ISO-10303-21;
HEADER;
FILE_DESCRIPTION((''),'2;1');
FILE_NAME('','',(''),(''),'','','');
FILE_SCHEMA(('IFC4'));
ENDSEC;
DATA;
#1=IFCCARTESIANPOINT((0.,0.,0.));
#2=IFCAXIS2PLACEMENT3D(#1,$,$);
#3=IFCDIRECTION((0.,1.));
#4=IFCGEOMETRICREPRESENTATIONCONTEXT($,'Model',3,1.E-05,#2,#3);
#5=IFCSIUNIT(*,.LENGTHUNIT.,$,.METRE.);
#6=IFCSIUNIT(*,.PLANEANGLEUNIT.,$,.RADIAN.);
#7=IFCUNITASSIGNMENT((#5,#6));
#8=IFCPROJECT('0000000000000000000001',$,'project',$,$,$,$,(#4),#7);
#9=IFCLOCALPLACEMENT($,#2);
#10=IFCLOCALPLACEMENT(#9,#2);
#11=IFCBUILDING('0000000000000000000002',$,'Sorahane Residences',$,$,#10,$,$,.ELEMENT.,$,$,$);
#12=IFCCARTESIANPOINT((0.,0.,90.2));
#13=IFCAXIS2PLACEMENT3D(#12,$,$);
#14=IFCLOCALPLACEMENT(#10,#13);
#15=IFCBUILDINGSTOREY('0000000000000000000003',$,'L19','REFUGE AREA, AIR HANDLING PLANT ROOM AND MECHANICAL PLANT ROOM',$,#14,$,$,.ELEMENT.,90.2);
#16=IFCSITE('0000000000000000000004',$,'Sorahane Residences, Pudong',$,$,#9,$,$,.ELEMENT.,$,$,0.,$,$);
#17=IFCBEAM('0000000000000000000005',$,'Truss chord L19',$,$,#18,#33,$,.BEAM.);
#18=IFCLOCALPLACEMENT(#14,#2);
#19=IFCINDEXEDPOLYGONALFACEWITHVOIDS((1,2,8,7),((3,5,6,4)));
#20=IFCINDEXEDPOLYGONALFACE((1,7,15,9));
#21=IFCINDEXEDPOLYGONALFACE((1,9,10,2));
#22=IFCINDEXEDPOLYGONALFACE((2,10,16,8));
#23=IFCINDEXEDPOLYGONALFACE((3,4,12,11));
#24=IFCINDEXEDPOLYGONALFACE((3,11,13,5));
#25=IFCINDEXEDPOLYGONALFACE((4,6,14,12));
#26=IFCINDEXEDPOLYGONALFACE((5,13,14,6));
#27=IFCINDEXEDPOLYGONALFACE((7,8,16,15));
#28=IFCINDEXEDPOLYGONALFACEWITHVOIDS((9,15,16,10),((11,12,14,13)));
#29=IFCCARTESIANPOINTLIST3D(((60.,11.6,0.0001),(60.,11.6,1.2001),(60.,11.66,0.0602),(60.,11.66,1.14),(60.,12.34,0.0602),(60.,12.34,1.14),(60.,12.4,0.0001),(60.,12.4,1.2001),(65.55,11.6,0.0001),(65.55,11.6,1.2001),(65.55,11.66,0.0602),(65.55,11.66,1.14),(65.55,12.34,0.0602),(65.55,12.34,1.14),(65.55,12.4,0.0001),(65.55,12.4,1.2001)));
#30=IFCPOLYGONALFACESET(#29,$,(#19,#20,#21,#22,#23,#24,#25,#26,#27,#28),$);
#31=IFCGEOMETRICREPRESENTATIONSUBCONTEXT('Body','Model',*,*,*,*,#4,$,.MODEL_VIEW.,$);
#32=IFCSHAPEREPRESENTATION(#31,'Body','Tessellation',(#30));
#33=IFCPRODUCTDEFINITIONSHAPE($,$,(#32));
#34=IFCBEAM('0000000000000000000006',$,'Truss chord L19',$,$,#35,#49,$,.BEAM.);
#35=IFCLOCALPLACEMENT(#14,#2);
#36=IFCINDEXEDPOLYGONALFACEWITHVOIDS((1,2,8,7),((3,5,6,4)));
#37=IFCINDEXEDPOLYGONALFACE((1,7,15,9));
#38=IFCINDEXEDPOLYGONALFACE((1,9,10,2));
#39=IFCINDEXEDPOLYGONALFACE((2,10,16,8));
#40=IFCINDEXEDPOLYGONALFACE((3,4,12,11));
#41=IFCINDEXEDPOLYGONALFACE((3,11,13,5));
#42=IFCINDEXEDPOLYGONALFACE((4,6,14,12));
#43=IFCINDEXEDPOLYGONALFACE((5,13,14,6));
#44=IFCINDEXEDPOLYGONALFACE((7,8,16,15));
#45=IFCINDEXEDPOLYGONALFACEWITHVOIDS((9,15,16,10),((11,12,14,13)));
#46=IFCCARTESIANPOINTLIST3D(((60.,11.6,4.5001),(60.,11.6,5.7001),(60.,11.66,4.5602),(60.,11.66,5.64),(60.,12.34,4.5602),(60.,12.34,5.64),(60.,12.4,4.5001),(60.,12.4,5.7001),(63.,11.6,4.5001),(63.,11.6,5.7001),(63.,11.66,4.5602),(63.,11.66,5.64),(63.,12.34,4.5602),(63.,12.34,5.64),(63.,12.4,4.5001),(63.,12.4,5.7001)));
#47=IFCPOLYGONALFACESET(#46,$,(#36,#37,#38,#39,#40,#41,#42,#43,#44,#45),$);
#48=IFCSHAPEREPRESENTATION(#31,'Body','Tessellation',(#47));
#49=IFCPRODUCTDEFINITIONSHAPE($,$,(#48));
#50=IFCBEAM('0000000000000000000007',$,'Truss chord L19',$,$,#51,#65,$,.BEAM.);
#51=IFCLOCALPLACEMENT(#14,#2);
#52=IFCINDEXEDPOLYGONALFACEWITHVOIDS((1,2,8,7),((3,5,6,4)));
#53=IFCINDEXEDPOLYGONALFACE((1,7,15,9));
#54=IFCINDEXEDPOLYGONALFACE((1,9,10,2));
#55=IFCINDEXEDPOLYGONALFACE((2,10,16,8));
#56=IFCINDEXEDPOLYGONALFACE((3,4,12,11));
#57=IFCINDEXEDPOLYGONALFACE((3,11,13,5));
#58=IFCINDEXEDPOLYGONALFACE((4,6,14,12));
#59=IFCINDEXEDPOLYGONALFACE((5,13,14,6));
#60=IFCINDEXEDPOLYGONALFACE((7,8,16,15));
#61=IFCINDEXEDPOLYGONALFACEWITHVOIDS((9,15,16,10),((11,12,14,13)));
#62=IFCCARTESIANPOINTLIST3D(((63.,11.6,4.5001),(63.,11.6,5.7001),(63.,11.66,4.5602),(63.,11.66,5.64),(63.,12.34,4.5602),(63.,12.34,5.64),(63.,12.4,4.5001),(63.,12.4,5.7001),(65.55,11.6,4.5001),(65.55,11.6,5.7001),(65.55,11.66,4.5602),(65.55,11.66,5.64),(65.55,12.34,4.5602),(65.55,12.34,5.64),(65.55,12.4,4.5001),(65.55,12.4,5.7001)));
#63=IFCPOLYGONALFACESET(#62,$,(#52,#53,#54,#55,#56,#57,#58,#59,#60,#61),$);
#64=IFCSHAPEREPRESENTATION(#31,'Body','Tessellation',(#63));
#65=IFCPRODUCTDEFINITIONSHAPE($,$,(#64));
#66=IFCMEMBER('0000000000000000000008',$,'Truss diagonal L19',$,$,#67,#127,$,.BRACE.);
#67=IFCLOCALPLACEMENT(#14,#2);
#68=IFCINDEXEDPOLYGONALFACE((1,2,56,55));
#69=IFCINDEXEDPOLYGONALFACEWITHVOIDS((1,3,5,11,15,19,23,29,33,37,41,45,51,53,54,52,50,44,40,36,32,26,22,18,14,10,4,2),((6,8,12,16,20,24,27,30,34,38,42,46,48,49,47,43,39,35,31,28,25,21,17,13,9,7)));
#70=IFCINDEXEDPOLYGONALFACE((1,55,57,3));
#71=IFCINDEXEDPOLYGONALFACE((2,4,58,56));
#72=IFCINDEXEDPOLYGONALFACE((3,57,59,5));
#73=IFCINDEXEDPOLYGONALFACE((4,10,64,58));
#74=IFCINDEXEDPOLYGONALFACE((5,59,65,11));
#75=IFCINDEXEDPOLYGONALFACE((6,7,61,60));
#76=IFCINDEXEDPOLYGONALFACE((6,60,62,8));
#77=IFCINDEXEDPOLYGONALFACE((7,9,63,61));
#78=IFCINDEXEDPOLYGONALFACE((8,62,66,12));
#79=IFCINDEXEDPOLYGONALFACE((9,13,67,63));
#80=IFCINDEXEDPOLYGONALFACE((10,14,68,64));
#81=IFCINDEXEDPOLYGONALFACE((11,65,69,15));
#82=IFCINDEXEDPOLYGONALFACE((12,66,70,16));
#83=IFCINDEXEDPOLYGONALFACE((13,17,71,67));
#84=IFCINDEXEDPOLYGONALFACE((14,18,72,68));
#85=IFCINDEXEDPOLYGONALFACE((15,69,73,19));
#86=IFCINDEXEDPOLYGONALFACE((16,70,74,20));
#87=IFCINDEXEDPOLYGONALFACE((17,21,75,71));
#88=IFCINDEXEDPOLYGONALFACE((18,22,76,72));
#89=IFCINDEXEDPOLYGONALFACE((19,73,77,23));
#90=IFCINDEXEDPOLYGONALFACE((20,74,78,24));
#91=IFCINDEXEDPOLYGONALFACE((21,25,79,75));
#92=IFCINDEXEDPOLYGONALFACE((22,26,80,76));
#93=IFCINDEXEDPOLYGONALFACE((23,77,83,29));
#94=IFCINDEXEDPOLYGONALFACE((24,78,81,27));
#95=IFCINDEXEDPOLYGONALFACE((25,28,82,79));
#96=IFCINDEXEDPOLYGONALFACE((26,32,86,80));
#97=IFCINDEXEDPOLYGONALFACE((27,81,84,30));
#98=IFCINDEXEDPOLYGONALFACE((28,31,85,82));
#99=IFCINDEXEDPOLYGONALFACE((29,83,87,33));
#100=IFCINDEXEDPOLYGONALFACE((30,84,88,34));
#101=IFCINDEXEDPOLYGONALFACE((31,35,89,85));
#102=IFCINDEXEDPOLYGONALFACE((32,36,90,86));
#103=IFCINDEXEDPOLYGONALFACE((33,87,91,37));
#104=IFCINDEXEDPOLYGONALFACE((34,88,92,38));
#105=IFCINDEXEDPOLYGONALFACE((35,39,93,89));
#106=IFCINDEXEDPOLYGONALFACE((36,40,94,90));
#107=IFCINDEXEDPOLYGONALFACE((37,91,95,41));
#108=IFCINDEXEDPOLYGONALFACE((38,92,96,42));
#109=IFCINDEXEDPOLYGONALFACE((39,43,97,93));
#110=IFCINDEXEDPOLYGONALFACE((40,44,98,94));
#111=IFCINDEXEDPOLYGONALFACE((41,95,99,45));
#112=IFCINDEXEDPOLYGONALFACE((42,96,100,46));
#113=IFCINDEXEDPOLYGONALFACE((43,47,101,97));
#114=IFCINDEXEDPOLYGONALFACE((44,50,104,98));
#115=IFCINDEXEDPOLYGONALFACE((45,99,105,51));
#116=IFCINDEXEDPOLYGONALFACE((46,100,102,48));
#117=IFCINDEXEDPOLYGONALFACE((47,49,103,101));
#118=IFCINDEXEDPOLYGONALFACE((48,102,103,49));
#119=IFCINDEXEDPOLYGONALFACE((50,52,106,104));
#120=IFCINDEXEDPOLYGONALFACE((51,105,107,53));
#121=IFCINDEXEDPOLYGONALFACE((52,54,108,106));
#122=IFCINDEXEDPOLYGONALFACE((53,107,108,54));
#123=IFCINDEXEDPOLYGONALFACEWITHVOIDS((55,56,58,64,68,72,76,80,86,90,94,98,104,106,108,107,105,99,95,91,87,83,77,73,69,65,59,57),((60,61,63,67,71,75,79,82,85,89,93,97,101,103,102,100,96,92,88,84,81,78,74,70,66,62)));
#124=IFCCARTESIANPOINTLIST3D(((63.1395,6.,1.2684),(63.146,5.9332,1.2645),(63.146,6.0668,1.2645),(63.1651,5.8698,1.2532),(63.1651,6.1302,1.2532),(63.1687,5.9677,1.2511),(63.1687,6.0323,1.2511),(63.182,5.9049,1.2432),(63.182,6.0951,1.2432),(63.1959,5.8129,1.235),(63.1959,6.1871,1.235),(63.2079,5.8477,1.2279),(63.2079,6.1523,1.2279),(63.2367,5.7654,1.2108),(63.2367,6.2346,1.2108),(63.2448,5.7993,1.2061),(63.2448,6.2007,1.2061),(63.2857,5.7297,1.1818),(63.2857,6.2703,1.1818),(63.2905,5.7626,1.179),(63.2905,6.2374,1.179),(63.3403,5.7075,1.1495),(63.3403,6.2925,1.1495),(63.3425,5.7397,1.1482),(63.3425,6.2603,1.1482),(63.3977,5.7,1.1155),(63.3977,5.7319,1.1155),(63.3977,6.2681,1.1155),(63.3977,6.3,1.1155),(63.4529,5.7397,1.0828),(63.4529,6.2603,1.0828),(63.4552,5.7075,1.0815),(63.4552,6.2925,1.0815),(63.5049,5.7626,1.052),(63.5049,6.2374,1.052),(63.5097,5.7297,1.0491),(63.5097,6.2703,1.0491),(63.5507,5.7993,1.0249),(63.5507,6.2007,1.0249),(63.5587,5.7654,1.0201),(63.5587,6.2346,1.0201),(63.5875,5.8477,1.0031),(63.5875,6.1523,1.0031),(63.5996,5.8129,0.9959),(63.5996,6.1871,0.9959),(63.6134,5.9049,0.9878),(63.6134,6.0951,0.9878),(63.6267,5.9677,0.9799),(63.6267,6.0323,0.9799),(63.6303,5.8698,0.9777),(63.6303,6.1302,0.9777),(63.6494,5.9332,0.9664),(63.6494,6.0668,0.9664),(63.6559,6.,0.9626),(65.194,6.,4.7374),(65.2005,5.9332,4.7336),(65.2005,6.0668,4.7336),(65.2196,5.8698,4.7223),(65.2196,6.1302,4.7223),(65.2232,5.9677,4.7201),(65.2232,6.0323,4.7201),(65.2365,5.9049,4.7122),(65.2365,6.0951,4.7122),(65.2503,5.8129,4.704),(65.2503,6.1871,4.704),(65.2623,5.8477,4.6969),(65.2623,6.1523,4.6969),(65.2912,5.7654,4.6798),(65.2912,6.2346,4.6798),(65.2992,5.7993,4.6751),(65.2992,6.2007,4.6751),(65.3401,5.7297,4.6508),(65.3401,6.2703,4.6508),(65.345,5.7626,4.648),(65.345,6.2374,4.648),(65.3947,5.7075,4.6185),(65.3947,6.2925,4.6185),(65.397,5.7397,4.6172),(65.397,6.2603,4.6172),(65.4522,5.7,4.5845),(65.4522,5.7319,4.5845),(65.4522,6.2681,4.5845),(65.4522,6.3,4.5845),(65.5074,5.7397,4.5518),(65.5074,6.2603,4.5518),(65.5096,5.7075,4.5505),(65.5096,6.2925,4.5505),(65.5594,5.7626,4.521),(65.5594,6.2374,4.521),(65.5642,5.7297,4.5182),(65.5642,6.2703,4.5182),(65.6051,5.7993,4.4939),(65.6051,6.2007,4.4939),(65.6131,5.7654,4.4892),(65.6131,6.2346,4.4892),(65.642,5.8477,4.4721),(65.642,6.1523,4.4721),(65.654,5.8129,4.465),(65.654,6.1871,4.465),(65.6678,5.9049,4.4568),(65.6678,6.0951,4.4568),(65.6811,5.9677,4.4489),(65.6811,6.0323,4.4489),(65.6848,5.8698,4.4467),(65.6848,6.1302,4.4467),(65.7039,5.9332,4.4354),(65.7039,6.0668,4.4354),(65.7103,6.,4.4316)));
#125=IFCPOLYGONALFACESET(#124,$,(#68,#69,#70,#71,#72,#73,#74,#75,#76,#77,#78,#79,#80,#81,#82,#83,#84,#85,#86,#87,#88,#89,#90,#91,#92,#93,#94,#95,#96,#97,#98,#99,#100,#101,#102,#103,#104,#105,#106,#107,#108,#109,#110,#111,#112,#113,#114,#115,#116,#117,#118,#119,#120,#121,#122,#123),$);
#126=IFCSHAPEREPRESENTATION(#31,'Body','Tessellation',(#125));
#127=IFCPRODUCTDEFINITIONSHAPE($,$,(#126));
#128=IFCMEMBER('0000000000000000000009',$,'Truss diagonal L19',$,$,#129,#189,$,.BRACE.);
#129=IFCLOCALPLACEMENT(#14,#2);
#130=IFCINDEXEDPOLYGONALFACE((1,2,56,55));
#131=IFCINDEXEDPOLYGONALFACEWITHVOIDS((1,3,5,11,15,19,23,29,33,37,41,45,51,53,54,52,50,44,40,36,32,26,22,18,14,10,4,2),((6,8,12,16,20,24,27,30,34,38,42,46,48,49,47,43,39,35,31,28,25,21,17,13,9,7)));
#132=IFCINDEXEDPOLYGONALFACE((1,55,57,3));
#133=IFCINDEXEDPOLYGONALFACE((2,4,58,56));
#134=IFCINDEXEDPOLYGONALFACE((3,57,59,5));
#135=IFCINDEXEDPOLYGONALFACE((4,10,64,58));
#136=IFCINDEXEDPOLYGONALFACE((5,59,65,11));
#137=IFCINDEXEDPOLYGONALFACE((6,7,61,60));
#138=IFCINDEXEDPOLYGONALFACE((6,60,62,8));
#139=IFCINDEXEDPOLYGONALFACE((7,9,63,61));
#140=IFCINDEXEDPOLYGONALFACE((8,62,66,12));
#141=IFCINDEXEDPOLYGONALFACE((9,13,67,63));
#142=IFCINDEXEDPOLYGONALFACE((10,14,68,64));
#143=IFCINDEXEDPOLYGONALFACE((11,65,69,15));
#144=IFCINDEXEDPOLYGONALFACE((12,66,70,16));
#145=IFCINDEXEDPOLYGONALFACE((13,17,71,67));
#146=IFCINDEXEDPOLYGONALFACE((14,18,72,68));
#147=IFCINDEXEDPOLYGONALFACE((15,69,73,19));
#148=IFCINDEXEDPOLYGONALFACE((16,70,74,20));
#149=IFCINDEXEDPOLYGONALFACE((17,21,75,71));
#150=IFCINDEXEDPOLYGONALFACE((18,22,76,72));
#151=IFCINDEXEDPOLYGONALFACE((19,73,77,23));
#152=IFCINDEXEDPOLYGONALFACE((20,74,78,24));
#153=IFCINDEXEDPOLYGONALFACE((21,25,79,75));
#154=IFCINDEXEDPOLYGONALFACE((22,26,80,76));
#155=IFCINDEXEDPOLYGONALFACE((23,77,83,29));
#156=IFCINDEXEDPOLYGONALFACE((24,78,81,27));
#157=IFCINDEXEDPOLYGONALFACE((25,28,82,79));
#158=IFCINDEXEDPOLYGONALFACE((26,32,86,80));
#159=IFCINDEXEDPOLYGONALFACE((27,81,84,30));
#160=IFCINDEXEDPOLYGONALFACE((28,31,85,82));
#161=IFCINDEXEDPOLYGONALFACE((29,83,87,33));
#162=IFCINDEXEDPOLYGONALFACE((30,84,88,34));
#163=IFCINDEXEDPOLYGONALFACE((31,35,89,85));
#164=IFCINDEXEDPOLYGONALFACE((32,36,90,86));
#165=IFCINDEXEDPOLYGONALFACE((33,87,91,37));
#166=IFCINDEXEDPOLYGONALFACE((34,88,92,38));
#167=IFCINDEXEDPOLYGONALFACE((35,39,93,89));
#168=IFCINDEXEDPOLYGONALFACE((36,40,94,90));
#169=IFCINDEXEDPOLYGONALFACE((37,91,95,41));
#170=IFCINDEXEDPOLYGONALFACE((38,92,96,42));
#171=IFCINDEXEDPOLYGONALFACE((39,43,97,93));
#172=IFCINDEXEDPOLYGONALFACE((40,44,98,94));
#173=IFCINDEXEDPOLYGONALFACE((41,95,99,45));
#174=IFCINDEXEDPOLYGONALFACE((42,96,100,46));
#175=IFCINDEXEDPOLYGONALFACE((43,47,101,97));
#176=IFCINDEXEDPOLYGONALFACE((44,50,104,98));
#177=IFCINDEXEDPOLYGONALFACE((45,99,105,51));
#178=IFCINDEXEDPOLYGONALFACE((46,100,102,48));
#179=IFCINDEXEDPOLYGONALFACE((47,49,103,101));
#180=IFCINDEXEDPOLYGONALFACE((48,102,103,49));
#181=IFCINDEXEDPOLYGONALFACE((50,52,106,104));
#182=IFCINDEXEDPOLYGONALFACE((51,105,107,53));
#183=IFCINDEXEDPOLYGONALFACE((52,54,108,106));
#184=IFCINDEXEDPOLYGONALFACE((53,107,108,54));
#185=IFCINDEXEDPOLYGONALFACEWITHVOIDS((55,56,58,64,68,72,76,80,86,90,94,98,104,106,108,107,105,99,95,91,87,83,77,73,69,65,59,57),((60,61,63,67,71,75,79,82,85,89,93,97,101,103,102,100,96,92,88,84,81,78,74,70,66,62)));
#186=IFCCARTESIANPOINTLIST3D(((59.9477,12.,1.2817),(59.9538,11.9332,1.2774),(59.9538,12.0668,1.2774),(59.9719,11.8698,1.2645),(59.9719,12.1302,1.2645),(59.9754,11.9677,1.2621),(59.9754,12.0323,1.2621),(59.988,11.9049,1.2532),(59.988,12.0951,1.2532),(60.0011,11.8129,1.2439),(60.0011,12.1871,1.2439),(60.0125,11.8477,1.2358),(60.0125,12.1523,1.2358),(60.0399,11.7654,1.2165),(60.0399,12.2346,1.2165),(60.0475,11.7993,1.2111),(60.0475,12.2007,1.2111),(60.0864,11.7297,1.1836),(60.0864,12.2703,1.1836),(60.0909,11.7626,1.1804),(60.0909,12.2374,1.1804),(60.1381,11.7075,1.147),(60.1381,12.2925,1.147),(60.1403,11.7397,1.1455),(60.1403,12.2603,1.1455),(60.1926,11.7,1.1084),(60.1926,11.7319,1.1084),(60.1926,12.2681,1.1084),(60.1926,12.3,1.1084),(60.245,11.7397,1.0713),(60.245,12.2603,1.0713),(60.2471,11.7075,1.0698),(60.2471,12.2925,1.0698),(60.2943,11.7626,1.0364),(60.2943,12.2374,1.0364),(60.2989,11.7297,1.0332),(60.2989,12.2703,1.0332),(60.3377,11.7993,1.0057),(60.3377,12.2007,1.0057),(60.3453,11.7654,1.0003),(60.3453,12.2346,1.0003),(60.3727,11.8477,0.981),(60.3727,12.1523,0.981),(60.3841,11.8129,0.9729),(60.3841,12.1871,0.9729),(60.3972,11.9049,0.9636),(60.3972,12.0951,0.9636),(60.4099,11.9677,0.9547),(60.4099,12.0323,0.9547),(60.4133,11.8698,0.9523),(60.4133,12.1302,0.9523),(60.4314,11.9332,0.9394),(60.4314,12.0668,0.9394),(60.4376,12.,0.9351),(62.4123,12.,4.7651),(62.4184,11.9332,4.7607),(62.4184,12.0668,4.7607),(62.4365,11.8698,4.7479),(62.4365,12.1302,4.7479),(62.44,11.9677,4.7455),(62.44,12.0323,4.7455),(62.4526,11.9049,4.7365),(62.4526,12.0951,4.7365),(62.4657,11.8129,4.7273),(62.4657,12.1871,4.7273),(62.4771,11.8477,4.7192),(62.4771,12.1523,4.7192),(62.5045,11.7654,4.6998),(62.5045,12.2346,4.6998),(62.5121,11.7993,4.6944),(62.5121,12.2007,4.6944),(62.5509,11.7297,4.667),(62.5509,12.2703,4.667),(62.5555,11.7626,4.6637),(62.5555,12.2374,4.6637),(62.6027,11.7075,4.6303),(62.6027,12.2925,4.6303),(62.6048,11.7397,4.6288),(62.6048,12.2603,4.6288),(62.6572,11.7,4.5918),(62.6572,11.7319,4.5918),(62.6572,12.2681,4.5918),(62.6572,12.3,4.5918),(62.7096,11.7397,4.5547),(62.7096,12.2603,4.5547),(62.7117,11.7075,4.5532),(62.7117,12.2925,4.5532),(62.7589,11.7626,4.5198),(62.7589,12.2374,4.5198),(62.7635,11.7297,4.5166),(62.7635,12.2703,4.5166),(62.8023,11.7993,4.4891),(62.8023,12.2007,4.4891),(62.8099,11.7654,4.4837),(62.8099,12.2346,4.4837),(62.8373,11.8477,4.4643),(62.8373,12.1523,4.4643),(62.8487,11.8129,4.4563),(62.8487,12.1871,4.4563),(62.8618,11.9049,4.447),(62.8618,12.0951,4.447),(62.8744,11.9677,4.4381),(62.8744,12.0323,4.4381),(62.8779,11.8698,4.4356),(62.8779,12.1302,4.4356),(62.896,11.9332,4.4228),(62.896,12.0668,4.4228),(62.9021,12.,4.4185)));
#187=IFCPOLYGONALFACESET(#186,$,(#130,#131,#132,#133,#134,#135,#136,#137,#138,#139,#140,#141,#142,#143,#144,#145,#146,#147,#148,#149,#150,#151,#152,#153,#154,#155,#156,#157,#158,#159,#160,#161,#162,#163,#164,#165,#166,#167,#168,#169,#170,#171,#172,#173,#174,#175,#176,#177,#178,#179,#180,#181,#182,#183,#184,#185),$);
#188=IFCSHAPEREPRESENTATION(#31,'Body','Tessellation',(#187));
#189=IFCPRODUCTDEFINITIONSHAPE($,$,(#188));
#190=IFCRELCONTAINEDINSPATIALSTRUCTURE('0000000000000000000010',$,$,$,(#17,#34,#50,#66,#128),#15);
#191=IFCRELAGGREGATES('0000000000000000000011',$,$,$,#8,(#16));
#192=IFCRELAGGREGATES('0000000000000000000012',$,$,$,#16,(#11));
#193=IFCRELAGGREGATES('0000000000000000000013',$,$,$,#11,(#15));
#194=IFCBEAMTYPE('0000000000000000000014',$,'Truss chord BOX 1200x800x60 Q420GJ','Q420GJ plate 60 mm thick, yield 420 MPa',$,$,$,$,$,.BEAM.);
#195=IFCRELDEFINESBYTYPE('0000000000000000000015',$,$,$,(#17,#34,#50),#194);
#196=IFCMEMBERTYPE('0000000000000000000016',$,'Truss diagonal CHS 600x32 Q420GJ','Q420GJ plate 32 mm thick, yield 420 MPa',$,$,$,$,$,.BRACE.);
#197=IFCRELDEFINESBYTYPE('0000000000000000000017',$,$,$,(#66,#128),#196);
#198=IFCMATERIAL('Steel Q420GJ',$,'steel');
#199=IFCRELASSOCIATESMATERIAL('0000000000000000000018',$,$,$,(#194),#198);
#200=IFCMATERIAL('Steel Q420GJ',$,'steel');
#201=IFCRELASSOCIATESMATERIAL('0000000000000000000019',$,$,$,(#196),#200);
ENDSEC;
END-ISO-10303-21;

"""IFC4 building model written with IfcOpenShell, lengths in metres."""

from ifc_helpers import new_model, si_unit, direction, frame, origin, origin_2d, place, context, subcontext, project, spatial, hollow_rectangle, hollow_circle, extrude, material, material_profile, profile_set, type_object, element, save


model = new_model("IFC4")

# Units and contexts
model_context = context("Model", 3, precision=1e-05, world=origin(), true_north=direction((0.0, 1.0)))
body_context = subcontext(model_context, "Body", "Model", "MODEL_VIEW")
ifc_project = project(units=[si_unit("LENGTHUNIT", "METRE"), si_unit("PLANEANGLEUNIT", "RADIAN")], contexts=[model_context])

# Site, building, storey
site_placement = place(None, origin())
site = spatial("IfcSite", under=ifc_project, at=site_placement, Name="Sorahane Residences, Pudong", CompositionType="ELEMENT", RefElevation=0.0)
building_placement = place(site_placement, origin())
building = spatial("IfcBuilding", under=site, at=building_placement, Name="Sorahane Residences", CompositionType="ELEMENT")
storey_placement = place(building_placement, frame((0.0, 0.0, 90.2)))
storey = spatial("IfcBuildingStorey", under=building, at=storey_placement, Name="L19", Description="REFUGE AREA, AIR HANDLING PLANT ROOM AND MECHANICAL PLANT ROOM", CompositionType="ELEMENT", Elevation=90.2)

# Beams
ifc_material_1 = material(Name="Steel Q420GJ", Category="steel")
ifc_material_profile_1 = material_profile(ifc_material_1, hollow_rectangle(XDim=0.8, YDim=1.2, WallThickness=0.0601, at=origin_2d()), Name="BOX 1200x800x60")
ifc_profile_set_1 = profile_set([ifc_material_profile_1], Name="Steel Q420GJ")
beam_type_1 = type_object("IfcBeamType", Name="Truss chord BOX 1200x800x60 Q420GJ", Description="Q420GJ plate 60 mm thick, yield 420 MPa", PredefinedType="BEAM", material=ifc_profile_set_1)
beam_1_placement = place(storey_placement, frame((60.0, 12.0, 0.6001), z_axis=(1.0, 0.0, 0.0), x_axis=(0.0, 1.0, 0.0)))
element("IfcBeam", 1, at=beam_1_placement, inside=storey, type_object=beam_type_1, Name="Truss chord L19", PredefinedType="BEAM", context=body_context, shape_type="SweptSolid", body=[
    extrude(hollow_rectangle(XDim=0.8, YDim=1.2, WallThickness=0.0601, at=origin_2d()), origin(), (0.0, 0.0, 1.0), 5.55),
])
beam_2_placement = place(storey_placement, frame((60.0, 12.0, 5.1001), z_axis=(1.0, 0.0, 0.0), x_axis=(0.0, 1.0, 0.0)))
element("IfcBeam", 2, at=beam_2_placement, inside=storey, type_object=beam_type_1, Name="Truss chord L19", PredefinedType="BEAM", context=body_context, shape_type="SweptSolid", body=[
    extrude(hollow_rectangle(XDim=0.8, YDim=1.2, WallThickness=0.0601, at=origin_2d()), origin(), (0.0, 0.0, 1.0), 3.0),
])
beam_3_placement = place(storey_placement, frame((63.0, 12.0, 5.1001), z_axis=(1.0, 0.0, 0.0), x_axis=(0.0, 1.0, 0.0)))
element("IfcBeam", 3, at=beam_3_placement, inside=storey, type_object=beam_type_1, Name="Truss chord L19", PredefinedType="BEAM", context=body_context, shape_type="SweptSolid", body=[
    extrude(hollow_rectangle(XDim=0.8, YDim=1.2, WallThickness=0.0601, at=origin_2d()), origin(), (0.0, 0.0, 1.0), 2.55),
])

# Members
ifc_material_2 = material(Name="Steel Q420GJ", Category="steel")
ifc_material_profile_2 = material_profile(ifc_material_2, hollow_circle(Radius=0.3, WallThickness=0.032, at=origin_2d()), Name="CHS 600x32")
ifc_profile_set_2 = profile_set([ifc_material_profile_2], Name="Steel Q420GJ")
member_type = type_object("IfcMemberType", Name="Truss diagonal CHS 600x32 Q420GJ", Description="Q420GJ plate 32 mm thick, yield 420 MPa", PredefinedType="BRACE", material=ifc_profile_set_2)
member_1_placement = place(storey_placement, frame((63.3977, 6.0, 1.1155), z_axis=(0.509572, 0.0, 0.860428), x_axis=(0.0, 1.0, 0.0)))
element("IfcMember", 4, at=member_1_placement, inside=storey, type_object=member_type, Name="Truss diagonal L19", PredefinedType="BRACE", context=body_context, shape_type="SweptSolid", body=[
    extrude(hollow_circle(Radius=0.3, WallThickness=0.032, at=origin_2d()), origin(), (0.0, 0.0, 1.0), 4.0317),
])
member_2_placement = place(storey_placement, frame((60.1926, 12.0, 1.1084), z_axis=(0.577579, 0.0, 0.816335), x_axis=(0.0, 1.0, 0.0)))
element("IfcMember", 5, at=member_2_placement, inside=storey, type_object=member_type, Name="Truss diagonal L19", PredefinedType="BRACE", context=body_context, shape_type="SweptSolid", body=[
    extrude(hollow_circle(Radius=0.3, WallThickness=0.032, at=origin_2d()), origin(), (0.0, 0.0, 1.0), 4.2671),
])

save(model, "model.ifc")
